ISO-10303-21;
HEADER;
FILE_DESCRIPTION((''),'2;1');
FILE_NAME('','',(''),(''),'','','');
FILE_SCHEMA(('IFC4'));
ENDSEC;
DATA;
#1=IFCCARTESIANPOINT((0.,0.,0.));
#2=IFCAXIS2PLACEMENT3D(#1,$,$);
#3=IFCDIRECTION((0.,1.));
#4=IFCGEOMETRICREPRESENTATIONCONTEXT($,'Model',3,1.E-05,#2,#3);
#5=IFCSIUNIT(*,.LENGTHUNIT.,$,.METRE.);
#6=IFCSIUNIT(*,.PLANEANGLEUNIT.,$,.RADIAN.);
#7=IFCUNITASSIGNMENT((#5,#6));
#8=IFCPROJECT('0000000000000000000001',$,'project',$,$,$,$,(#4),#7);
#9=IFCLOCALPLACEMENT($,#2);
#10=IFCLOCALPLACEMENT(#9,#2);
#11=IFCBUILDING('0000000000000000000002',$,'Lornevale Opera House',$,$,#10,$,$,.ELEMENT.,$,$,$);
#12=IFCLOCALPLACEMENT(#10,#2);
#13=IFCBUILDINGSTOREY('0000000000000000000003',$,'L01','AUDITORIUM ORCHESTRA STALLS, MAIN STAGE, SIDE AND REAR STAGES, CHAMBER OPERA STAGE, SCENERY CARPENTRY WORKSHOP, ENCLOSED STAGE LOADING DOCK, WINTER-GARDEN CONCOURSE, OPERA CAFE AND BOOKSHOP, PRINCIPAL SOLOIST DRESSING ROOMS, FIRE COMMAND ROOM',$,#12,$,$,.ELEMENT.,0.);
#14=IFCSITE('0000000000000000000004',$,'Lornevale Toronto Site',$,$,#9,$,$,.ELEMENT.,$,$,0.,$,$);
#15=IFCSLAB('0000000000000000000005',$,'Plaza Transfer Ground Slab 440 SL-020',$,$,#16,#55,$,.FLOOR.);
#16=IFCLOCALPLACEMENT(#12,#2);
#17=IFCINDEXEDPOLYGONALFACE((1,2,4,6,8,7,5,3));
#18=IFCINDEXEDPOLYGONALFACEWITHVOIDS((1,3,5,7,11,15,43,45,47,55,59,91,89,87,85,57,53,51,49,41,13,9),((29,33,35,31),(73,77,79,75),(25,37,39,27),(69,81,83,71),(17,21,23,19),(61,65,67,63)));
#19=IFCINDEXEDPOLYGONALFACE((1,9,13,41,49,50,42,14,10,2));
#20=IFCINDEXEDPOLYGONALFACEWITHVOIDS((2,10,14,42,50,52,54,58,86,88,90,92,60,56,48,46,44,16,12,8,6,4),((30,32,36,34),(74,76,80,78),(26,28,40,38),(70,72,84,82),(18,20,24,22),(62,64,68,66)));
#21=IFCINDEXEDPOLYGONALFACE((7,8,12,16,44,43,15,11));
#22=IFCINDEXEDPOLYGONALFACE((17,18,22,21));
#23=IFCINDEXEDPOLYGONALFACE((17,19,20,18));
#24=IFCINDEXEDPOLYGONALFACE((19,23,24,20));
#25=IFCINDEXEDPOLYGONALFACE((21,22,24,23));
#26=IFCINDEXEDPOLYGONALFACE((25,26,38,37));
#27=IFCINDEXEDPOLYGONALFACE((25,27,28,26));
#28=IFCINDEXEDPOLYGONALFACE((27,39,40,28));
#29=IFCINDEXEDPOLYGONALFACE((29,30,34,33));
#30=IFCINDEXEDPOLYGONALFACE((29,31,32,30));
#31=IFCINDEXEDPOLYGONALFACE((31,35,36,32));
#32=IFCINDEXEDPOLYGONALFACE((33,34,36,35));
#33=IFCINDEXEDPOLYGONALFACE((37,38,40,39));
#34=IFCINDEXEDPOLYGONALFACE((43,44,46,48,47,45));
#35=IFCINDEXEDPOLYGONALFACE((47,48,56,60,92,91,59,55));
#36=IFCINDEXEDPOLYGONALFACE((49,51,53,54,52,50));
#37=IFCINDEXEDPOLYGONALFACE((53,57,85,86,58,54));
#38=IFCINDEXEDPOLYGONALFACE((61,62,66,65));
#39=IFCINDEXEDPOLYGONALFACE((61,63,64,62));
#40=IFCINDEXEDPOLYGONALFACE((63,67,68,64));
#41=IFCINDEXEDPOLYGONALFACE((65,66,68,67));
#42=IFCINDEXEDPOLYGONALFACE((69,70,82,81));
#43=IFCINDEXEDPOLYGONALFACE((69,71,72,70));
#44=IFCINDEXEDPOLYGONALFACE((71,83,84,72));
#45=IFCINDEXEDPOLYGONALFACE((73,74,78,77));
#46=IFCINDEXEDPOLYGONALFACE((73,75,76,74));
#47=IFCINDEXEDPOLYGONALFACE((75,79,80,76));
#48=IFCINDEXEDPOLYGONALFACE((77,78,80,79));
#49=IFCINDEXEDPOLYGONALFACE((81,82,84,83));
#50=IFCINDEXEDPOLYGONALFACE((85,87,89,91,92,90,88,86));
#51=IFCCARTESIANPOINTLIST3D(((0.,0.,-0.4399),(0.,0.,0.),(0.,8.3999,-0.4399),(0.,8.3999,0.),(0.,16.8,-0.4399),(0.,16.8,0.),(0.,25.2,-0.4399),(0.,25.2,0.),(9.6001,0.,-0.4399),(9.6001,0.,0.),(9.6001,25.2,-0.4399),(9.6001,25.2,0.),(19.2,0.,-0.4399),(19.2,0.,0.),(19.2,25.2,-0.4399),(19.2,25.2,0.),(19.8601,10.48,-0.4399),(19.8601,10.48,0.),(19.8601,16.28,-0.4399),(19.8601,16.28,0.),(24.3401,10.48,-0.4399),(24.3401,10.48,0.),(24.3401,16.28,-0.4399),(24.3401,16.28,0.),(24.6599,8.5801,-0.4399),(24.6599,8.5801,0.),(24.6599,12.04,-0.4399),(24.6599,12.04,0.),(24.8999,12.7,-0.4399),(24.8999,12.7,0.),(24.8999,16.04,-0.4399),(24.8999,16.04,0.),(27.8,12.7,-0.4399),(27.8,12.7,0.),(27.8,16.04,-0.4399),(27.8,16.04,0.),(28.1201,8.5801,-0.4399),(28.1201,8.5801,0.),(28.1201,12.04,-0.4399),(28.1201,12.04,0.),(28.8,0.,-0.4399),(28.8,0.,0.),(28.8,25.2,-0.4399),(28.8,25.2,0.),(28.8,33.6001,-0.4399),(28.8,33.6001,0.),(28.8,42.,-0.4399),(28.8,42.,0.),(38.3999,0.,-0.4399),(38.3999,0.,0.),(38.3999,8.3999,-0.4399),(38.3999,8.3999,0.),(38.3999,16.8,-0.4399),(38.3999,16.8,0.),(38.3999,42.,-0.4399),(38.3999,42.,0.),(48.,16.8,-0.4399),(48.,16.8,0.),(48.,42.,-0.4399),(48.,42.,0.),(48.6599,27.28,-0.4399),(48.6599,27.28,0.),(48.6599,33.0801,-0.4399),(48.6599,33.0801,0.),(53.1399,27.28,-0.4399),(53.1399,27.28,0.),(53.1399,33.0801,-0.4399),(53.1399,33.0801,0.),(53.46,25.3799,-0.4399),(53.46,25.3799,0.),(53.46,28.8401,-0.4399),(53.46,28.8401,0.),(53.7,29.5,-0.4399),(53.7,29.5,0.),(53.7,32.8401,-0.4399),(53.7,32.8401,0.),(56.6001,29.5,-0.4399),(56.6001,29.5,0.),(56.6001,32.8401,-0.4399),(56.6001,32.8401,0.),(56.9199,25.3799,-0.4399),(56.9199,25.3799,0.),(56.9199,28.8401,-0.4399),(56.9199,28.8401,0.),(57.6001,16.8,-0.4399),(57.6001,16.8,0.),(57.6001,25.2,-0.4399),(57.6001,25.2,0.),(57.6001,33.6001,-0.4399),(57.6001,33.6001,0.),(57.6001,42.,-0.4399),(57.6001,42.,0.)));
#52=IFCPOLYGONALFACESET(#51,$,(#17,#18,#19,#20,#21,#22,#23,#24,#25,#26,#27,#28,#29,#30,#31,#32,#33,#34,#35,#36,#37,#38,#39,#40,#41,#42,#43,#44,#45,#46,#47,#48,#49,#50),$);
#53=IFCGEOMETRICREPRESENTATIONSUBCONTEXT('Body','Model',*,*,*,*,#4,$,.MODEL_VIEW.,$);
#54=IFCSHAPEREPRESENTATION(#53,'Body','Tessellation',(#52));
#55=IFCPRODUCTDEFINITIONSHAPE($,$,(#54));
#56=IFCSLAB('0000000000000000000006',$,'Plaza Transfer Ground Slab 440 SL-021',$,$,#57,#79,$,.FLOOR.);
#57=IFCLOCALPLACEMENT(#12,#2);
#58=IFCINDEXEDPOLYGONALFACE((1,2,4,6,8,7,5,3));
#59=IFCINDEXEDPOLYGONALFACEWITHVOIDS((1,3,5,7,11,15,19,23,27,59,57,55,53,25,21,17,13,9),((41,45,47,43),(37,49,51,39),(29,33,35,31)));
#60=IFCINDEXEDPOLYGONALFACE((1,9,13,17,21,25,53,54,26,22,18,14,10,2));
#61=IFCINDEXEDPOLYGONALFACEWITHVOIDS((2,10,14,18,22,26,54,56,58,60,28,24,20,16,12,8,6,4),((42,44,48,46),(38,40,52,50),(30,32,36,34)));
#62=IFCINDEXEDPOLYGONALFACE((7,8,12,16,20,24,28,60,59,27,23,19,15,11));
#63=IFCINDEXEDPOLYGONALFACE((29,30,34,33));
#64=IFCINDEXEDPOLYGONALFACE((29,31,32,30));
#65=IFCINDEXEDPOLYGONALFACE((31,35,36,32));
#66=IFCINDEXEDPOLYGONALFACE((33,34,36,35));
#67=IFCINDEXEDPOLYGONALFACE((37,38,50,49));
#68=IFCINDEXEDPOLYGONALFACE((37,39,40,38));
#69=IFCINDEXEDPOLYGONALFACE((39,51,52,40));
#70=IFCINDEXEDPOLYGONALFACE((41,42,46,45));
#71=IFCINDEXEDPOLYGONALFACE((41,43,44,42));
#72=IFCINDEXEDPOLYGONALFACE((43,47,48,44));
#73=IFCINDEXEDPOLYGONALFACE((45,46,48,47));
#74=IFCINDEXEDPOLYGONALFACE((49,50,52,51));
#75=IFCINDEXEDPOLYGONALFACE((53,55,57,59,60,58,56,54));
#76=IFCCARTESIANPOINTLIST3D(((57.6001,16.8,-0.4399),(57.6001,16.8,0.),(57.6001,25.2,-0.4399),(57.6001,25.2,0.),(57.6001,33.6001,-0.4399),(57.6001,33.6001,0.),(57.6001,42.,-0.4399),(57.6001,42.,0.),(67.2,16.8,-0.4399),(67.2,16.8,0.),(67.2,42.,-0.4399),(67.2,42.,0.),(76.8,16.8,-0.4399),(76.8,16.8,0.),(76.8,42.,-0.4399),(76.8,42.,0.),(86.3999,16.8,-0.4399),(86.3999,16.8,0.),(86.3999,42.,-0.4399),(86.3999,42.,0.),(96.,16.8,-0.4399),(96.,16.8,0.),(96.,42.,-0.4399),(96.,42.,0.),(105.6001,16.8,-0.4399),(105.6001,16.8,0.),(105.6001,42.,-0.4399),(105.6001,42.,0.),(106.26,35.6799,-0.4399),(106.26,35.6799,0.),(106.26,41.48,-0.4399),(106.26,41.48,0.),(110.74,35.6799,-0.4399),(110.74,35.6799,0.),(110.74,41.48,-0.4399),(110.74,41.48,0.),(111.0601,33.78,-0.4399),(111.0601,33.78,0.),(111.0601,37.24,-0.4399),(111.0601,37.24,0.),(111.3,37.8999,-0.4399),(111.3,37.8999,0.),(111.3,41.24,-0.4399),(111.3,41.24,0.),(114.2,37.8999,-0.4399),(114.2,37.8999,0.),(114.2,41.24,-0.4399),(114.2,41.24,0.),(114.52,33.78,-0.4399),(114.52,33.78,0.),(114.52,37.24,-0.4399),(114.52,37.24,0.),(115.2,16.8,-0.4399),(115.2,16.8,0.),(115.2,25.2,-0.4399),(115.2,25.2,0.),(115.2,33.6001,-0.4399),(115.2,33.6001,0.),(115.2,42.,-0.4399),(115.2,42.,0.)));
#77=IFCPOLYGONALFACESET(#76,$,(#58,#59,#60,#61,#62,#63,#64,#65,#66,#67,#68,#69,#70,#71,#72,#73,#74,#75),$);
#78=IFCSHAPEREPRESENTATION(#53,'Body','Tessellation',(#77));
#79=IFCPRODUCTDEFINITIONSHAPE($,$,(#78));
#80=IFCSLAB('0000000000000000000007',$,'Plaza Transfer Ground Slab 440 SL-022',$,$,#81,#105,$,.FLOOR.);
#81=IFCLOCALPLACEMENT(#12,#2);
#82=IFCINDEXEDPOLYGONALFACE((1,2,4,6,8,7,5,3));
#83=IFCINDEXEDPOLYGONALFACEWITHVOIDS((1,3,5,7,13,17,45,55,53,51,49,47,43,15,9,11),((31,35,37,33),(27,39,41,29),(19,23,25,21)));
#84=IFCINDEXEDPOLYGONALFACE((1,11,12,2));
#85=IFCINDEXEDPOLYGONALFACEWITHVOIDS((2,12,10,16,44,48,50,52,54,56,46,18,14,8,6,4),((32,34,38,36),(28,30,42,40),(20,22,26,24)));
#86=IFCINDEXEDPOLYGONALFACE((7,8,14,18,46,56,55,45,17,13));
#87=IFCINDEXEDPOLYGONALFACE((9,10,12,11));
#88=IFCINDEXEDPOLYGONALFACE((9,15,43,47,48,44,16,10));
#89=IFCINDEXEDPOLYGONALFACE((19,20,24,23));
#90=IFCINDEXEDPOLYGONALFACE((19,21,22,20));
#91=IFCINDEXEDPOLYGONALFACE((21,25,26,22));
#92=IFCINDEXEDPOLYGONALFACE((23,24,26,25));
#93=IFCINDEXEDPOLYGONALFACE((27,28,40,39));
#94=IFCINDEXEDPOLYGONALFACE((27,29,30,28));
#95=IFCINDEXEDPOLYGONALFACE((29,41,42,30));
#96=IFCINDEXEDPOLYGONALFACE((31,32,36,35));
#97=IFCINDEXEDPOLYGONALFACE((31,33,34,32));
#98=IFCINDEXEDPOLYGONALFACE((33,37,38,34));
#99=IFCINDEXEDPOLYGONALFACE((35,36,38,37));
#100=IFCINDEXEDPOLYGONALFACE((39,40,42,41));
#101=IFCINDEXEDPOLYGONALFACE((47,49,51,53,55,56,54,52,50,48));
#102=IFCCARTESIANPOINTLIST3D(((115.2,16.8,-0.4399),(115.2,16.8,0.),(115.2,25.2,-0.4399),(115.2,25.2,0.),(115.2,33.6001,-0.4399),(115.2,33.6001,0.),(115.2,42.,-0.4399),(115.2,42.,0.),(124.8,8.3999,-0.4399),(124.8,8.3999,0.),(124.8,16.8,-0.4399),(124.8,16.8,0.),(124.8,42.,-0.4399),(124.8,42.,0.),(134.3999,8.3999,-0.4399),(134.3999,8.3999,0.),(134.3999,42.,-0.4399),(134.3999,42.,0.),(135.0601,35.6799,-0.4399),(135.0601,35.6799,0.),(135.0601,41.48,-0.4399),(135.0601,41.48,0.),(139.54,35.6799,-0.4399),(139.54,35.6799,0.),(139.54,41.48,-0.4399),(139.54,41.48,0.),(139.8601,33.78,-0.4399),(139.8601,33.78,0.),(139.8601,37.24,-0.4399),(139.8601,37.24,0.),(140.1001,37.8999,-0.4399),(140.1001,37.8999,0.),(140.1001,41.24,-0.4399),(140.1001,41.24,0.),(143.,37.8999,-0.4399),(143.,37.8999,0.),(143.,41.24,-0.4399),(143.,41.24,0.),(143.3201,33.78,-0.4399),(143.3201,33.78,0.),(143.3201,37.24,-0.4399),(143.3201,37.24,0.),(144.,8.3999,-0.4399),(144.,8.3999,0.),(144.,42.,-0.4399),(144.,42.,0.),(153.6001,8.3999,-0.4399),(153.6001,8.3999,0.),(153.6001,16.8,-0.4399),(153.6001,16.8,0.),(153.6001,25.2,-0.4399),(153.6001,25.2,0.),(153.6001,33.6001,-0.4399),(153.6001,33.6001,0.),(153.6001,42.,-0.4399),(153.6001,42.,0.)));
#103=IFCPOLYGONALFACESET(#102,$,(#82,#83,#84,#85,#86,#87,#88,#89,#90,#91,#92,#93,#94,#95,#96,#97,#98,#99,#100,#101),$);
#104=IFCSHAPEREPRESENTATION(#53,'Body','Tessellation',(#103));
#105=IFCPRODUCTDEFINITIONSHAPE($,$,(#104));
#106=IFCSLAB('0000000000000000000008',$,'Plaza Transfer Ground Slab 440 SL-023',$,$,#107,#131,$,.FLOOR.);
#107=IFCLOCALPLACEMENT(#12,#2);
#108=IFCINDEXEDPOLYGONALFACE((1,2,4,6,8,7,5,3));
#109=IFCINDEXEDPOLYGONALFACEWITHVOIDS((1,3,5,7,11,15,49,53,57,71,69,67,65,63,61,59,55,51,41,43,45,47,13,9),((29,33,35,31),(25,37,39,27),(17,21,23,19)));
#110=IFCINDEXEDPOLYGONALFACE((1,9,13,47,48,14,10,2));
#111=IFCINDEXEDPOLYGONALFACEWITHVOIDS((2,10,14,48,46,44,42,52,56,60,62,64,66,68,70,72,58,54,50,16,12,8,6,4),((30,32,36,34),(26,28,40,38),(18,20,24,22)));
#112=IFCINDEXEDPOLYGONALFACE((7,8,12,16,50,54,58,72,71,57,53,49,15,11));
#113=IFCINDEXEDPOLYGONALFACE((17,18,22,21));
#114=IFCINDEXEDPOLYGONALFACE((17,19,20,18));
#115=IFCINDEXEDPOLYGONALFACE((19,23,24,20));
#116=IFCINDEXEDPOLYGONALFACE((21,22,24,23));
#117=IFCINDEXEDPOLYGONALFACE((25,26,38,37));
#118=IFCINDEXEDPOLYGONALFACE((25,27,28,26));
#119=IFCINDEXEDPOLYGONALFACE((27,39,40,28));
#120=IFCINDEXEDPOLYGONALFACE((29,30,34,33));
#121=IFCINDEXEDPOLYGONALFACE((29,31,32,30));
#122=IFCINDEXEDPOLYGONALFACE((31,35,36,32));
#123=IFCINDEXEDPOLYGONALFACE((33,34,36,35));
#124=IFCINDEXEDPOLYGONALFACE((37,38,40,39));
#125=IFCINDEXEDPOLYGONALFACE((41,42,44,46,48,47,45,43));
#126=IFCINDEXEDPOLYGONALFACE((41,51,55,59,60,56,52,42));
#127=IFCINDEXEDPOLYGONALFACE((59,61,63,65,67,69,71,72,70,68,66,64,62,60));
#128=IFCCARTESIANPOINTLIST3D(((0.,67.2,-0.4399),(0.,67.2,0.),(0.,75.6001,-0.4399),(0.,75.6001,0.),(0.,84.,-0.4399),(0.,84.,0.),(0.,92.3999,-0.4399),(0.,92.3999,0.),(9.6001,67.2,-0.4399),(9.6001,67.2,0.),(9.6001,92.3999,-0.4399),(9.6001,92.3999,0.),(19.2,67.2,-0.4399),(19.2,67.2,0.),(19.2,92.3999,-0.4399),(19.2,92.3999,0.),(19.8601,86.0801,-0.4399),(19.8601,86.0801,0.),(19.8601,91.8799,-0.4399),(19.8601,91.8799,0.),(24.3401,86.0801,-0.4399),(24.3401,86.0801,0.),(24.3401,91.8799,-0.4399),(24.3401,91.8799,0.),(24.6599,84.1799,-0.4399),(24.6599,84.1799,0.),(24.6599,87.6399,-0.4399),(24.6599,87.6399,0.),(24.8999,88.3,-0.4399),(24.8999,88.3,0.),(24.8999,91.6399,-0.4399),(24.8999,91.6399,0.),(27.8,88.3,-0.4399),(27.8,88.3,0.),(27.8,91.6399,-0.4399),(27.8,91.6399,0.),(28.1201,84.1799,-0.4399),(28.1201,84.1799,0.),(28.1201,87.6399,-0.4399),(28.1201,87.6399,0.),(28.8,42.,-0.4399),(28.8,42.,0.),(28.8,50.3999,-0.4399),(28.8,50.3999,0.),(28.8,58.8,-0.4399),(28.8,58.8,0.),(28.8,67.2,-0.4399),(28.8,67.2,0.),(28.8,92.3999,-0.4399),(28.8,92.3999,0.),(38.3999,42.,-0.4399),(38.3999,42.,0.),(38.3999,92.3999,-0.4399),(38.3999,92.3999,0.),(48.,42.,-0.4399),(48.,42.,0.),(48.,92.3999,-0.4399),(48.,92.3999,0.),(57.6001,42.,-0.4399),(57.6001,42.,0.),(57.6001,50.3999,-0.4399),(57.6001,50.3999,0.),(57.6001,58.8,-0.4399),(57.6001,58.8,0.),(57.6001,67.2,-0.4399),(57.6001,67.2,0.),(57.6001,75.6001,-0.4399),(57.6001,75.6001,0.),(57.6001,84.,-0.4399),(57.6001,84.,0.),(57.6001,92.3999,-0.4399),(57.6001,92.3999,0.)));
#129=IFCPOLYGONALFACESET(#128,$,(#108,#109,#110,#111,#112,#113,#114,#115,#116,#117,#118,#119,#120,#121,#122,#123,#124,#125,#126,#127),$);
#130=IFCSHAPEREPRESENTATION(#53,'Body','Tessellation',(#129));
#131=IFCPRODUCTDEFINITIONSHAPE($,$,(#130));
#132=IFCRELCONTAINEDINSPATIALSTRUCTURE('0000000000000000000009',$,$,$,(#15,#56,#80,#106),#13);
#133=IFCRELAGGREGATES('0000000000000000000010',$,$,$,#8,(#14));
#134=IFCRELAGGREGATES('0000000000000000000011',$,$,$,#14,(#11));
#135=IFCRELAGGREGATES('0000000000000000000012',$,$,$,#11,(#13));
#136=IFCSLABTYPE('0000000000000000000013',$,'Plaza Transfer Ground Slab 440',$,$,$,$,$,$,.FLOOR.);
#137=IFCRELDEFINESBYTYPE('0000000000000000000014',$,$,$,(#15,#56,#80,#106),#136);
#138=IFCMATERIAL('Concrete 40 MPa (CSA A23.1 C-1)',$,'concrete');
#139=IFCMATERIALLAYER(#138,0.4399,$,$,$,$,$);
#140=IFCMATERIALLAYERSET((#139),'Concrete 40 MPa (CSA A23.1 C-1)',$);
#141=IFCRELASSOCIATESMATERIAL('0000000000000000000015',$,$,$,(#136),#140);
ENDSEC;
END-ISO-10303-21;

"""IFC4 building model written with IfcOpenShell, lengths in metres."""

from ifc_helpers import new_model, si_unit, direction, frame, origin, place, context, subcontext, project, spatial, polyline, outline, extrude, material, layer, layer_set, type_object, element, save


model = new_model("IFC4")

# Units and contexts
model_context = context("Model", 3, precision=1e-05, world=origin(), true_north=direction((0.0, 1.0)))
body_context = subcontext(model_context, "Body", "Model", "MODEL_VIEW")
ifc_project = project(units=[si_unit("LENGTHUNIT", "METRE"), si_unit("PLANEANGLEUNIT", "RADIAN")], contexts=[model_context])

# Site, building, storey
site_placement = place(None, origin())
site = spatial("IfcSite", under=ifc_project, at=site_placement, Name="Lornevale Toronto Site", CompositionType="ELEMENT", RefElevation=0.0)
building_placement = place(site_placement, origin())
building = spatial("IfcBuilding", under=site, at=building_placement, Name="Lornevale Opera House", CompositionType="ELEMENT")
storey_placement = place(building_placement, origin())
storey = spatial("IfcBuildingStorey", under=building, at=storey_placement, Name="L01", Description="AUDITORIUM ORCHESTRA STALLS, MAIN STAGE, SIDE AND REAR STAGES, CHAMBER OPERA STAGE, SCENERY CARPENTRY WORKSHOP, ENCLOSED STAGE LOADING DOCK, WINTER-GARDEN CONCOURSE, OPERA CAFE AND BOOKSHOP, PRINCIPAL SOLOIST DRESSING ROOMS, FIRE COMMAND ROOM", CompositionType="ELEMENT", Elevation=0.0)

# Slabs
ifc_material_1 = material(Name="Concrete 40 MPa (CSA A23.1 C-1)", Category="concrete")
ifc_layer_1 = layer(ifc_material_1, 0.4399)
ifc_layer_set_1 = layer_set([ifc_layer_1], Name="Concrete 40 MPa (CSA A23.1 C-1)")
slab_type_1 = type_object("IfcSlabType", Name="Plaza Transfer Ground Slab 440", PredefinedType="FLOOR", material=ifc_layer_set_1)
slab_1_placement = place(storey_placement, frame((0.0, 0.0, -0.4399)))
element("IfcSlab", 1, at=slab_1_placement, inside=storey, type_object=slab_type_1, Name="Plaza Transfer Ground Slab 440 SL-020", PredefinedType="FLOOR", context=body_context, shape_type="SweptSolid", body=[
    extrude(outline(polyline([(0.0, 25.2), (9.6001, 25.2), (19.2, 25.2), (28.8, 25.2), (28.8, 33.6001), (28.8, 42.0), (38.3999, 42.0), (48.0, 42.0), (57.6001, 42.0), (57.6001, 33.6001), (57.6001, 25.2), (57.6001, 16.8), (48.0, 16.8), (38.3999, 16.8), (38.3999, 8.3999), (38.3999, 0.0), (28.8, 0.0), (19.2, 0.0), (9.6001, 0.0), (0.0, 0.0), (0.0, 8.3999), (0.0, 16.8), (0.0, 25.2)]), holes=[polyline([(53.46, 25.3799), (56.9199, 25.3799), (56.9199, 28.8401), (53.46, 28.8401), (53.46, 25.3799)]), polyline([(48.6599, 27.28), (53.1399, 27.28), (53.1399, 33.0801), (48.6599, 33.0801), (48.6599, 27.28)]), polyline([(24.6599, 8.5801), (28.1201, 8.5801), (28.1201, 12.04), (24.6599, 12.04), (24.6599, 8.5801)]), polyline([(19.8601, 10.48), (24.3401, 10.48), (24.3401, 16.28), (19.8601, 16.28), (19.8601, 10.48)]), polyline([(53.7, 29.5), (56.6001, 29.5), (56.6001, 32.8401), (53.7, 32.8401), (53.7, 29.5)]), polyline([(24.8999, 12.7), (27.8, 12.7), (27.8, 16.04), (24.8999, 16.04), (24.8999, 12.7)])]), origin(), (0.0, 0.0, 1.0), 0.4399),
])
slab_2_placement = place(storey_placement, frame((0.0, 0.0, -0.4399)))
element("IfcSlab", 2, at=slab_2_placement, inside=storey, type_object=slab_type_1, Name="Plaza Transfer Ground Slab 440 SL-021", PredefinedType="FLOOR", context=body_context, shape_type="SweptSolid", body=[
    extrude(outline(polyline([(57.6001, 42.0), (67.2, 42.0), (76.8, 42.0), (86.3999, 42.0), (96.0, 42.0), (105.6001, 42.0), (115.2, 42.0), (115.2, 33.6001), (115.2, 25.2), (115.2, 16.8), (105.6001, 16.8), (96.0, 16.8), (86.3999, 16.8), (76.8, 16.8), (67.2, 16.8), (57.6001, 16.8), (57.6001, 25.2), (57.6001, 33.6001), (57.6001, 42.0)]), holes=[polyline([(111.0601, 33.78), (114.52, 33.78), (114.52, 37.24), (111.0601, 37.24), (111.0601, 33.78)]), polyline([(106.26, 35.6799), (110.74, 35.6799), (110.74, 41.48), (106.26, 41.48), (106.26, 35.6799)]), polyline([(111.3, 37.8999), (114.2, 37.8999), (114.2, 41.24), (111.3, 41.24), (111.3, 37.8999)])]), origin(), (0.0, 0.0, 1.0), 0.4399),
])
slab_3_placement = place(storey_placement, frame((0.0, 0.0, -0.4399)))
element("IfcSlab", 3, at=slab_3_placement, inside=storey, type_object=slab_type_1, Name="Plaza Transfer Ground Slab 440 SL-022", PredefinedType="FLOOR", context=body_context, shape_type="SweptSolid", body=[
    extrude(outline(polyline([(134.3999, 8.3999), (124.8, 8.3999), (124.8, 16.8), (115.2, 16.8), (115.2, 25.2), (115.2, 33.6001), (115.2, 42.0), (124.8, 42.0), (134.3999, 42.0), (144.0, 42.0), (153.6001, 42.0), (153.6001, 33.6001), (153.6001, 25.2), (153.6001, 16.8), (153.6001, 8.3999), (144.0, 8.3999), (134.3999, 8.3999)]), holes=[polyline([(139.8601, 33.78), (143.3201, 33.78), (143.3201, 37.24), (139.8601, 37.24), (139.8601, 33.78)]), polyline([(135.0601, 35.6799), (139.54, 35.6799), (139.54, 41.48), (135.0601, 41.48), (135.0601, 35.6799)]), polyline([(140.1001, 37.8999), (143.0, 37.8999), (143.0, 41.24), (140.1001, 41.24), (140.1001, 37.8999)])]), origin(), (0.0, 0.0, 1.0), 0.4399),
])
slab_4_placement = place(storey_placement, frame((0.0, 0.0, -0.4399)))
element("IfcSlab", 4, at=slab_4_placement, inside=storey, type_object=slab_type_1, Name="Plaza Transfer Ground Slab 440 SL-023", PredefinedType="FLOOR", context=body_context, shape_type="SweptSolid", body=[
    extrude(outline(polyline([(28.8, 67.2), (19.2, 67.2), (9.6001, 67.2), (0.0, 67.2), (0.0, 75.6001), (0.0, 84.0), (0.0, 92.3999), (9.6001, 92.3999), (19.2, 92.3999), (28.8, 92.3999), (38.3999, 92.3999), (48.0, 92.3999), (57.6001, 92.3999), (57.6001, 84.0), (57.6001, 75.6001), (57.6001, 67.2), (57.6001, 58.8), (57.6001, 50.3999), (57.6001, 42.0), (48.0, 42.0), (38.3999, 42.0), (28.8, 42.0), (28.8, 50.3999), (28.8, 58.8), (28.8, 67.2)]), holes=[polyline([(24.6599, 84.1799), (28.1201, 84.1799), (28.1201, 87.6399), (24.6599, 87.6399), (24.6599, 84.1799)]), polyline([(19.8601, 86.0801), (24.3401, 86.0801), (24.3401, 91.8799), (19.8601, 91.8799), (19.8601, 86.0801)]), polyline([(24.8999, 88.3), (27.8, 88.3), (27.8, 91.6399), (24.8999, 91.6399), (24.8999, 88.3)])]), origin(), (0.0, 0.0, 1.0), 0.4399),
])

save(model, "model.ifc")
